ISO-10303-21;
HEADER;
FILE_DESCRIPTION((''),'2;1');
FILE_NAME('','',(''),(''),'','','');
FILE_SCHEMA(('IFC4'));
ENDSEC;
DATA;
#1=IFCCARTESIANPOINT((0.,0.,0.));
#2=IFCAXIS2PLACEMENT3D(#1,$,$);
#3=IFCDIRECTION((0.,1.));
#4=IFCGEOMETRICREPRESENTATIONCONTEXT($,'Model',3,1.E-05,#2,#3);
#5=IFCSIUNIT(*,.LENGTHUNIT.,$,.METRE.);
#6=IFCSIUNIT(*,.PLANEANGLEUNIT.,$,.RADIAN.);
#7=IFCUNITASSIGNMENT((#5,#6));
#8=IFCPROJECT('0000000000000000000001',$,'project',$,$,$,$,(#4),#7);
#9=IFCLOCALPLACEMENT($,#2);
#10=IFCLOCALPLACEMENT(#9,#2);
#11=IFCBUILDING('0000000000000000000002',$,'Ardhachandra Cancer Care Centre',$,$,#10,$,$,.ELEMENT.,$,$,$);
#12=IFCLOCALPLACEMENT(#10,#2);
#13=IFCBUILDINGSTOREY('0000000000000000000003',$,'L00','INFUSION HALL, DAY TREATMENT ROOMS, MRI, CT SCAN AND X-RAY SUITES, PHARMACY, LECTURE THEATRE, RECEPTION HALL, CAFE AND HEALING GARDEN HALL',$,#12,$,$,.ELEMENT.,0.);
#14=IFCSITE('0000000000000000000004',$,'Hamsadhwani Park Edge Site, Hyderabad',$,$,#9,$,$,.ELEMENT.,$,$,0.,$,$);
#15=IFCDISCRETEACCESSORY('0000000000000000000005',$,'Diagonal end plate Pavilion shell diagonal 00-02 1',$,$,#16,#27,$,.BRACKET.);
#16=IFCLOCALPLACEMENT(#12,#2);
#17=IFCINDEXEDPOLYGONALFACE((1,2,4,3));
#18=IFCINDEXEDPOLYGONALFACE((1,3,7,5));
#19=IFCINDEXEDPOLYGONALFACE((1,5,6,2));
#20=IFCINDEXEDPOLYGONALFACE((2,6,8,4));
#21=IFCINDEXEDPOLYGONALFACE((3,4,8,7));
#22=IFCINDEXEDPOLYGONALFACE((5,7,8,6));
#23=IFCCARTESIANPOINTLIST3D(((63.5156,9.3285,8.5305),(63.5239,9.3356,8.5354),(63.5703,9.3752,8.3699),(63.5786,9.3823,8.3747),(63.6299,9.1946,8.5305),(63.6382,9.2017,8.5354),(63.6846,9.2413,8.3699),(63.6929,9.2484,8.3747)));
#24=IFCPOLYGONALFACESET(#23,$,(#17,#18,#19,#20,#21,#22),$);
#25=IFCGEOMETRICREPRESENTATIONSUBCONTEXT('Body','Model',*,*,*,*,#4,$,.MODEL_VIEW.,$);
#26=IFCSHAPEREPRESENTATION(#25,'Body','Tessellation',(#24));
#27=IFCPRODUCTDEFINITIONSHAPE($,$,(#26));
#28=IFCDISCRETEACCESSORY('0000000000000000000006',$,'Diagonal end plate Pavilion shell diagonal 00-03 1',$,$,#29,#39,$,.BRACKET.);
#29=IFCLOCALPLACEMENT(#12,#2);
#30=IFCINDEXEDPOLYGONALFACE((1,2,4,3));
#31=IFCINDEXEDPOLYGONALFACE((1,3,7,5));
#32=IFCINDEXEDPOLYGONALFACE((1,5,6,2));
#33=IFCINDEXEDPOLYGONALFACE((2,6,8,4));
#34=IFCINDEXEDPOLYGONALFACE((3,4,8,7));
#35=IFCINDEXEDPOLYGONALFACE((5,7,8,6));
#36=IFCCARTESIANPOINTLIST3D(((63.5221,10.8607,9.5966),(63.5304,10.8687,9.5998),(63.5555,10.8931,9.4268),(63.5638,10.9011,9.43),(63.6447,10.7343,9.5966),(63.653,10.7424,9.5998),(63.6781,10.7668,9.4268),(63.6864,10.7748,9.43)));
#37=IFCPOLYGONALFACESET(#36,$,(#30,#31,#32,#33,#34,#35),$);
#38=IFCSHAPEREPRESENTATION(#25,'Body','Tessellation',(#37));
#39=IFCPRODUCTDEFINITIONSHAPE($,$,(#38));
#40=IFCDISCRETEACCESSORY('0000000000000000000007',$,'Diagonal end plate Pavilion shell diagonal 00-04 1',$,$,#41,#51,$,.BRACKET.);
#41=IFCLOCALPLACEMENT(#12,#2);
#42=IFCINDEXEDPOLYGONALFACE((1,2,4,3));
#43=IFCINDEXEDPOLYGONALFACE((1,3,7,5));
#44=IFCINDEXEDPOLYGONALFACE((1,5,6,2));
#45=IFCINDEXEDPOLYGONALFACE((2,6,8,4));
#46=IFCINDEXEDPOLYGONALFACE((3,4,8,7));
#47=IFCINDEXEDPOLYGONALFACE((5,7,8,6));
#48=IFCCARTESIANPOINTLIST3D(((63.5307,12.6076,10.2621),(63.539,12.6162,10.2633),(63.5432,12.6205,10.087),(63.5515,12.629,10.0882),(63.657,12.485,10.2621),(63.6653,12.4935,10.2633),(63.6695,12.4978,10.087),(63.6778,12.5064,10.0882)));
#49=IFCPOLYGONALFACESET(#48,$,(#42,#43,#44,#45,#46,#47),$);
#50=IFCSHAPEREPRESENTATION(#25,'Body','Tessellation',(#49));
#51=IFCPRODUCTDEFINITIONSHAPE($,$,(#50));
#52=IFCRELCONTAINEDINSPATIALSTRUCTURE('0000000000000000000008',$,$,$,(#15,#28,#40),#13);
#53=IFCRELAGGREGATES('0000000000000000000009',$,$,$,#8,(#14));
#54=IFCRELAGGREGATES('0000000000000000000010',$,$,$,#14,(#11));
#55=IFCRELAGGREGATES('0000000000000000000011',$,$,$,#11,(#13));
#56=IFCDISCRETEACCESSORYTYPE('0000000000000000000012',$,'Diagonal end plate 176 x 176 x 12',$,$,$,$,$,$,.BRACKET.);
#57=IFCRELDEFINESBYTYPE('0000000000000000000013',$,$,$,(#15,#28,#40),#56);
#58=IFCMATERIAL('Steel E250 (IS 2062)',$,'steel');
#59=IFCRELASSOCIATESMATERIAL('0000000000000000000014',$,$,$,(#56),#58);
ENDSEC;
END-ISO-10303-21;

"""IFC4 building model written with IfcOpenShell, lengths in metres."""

from ifc_helpers import new_model, si_unit, direction, frame, origin, origin_2d, place, context, subcontext, project, spatial, rectangle, extrude, material, material_profile, profile_set, type_object, element, save


model = new_model("IFC4")

# Units and contexts
model_context = context("Model", 3, precision=1e-05, world=origin(), true_north=direction((0.0, 1.0)))
body_context = subcontext(model_context, "Body", "Model", "MODEL_VIEW")
ifc_project = project(units=[si_unit("LENGTHUNIT", "METRE"), si_unit("PLANEANGLEUNIT", "RADIAN")], contexts=[model_context])

# Site, building, storey
site_placement = place(None, origin())
site = spatial("IfcSite", under=ifc_project, at=site_placement, Name="Hamsadhwani Park Edge Site, Hyderabad", CompositionType="ELEMENT", RefElevation=0.0)
building_placement = place(site_placement, origin())
building = spatial("IfcBuilding", under=site, at=building_placement, Name="Ardhachandra Cancer Care Centre", CompositionType="ELEMENT")
storey_placement = place(building_placement, origin())
storey = spatial("IfcBuildingStorey", under=building, at=storey_placement, Name="L00", Description="INFUSION HALL, DAY TREATMENT ROOMS, MRI, CT SCAN AND X-RAY SUITES, PHARMACY, LECTURE THEATRE, RECEPTION HALL, CAFE AND HEALING GARDEN HALL", CompositionType="ELEMENT", Elevation=0.0)

# Discrete accessories
ifc_material_1 = material(Name="Steel E250 (IS 2062)", Category="steel")
ifc_material_profile_1 = material_profile(ifc_material_1, rectangle(XDim=0.176, YDim=0.176, at=origin_2d()), Name="PL 176x176x12")
ifc_profile_set_1 = profile_set([ifc_material_profile_1], Name="Steel E250 (IS 2062)")
discrete_accessory_type = type_object("IfcDiscreteAccessoryType", Name="Diagonal end plate 176 x 176 x 12", PredefinedType="BRACKET", material=ifc_profile_set_1)
for number, where, z_axis, x_axis, name in (
    (1, (63.6001, 9.2849, 8.4502), (0.694456, 0.59233, 0.408504), (-0.648947, 0.760834, 0.0), "Diagonal end plate Pavilion shell diagonal 00-02 1"),
    (2, (63.6001, 10.8137, 9.5117), (0.692007, 0.671654, 0.264591), (-0.696475, 0.717581, 0.0), "Diagonal end plate Pavilion shell diagonal 00-03 1"),
    (3, (63.6001, 12.5527, 10.1746), (0.693156, 0.713543, 0.101935), (-0.717279, 0.696786, 0.0), "Diagonal end plate Pavilion shell diagonal 00-04 1"),
):
    element("IfcDiscreteAccessory", number, at=place(storey_placement, frame(where, z_axis=z_axis, x_axis=x_axis)), inside=storey, type_object=discrete_accessory_type, Name=name, PredefinedType="BRACKET", context=body_context, shape_type="SweptSolid", body=[
        extrude(rectangle(XDim=0.176, YDim=0.176, at=origin_2d()), origin(), (0.0, 0.0, 1.0), 0.012),
    ])

save(model, "model.ifc")
